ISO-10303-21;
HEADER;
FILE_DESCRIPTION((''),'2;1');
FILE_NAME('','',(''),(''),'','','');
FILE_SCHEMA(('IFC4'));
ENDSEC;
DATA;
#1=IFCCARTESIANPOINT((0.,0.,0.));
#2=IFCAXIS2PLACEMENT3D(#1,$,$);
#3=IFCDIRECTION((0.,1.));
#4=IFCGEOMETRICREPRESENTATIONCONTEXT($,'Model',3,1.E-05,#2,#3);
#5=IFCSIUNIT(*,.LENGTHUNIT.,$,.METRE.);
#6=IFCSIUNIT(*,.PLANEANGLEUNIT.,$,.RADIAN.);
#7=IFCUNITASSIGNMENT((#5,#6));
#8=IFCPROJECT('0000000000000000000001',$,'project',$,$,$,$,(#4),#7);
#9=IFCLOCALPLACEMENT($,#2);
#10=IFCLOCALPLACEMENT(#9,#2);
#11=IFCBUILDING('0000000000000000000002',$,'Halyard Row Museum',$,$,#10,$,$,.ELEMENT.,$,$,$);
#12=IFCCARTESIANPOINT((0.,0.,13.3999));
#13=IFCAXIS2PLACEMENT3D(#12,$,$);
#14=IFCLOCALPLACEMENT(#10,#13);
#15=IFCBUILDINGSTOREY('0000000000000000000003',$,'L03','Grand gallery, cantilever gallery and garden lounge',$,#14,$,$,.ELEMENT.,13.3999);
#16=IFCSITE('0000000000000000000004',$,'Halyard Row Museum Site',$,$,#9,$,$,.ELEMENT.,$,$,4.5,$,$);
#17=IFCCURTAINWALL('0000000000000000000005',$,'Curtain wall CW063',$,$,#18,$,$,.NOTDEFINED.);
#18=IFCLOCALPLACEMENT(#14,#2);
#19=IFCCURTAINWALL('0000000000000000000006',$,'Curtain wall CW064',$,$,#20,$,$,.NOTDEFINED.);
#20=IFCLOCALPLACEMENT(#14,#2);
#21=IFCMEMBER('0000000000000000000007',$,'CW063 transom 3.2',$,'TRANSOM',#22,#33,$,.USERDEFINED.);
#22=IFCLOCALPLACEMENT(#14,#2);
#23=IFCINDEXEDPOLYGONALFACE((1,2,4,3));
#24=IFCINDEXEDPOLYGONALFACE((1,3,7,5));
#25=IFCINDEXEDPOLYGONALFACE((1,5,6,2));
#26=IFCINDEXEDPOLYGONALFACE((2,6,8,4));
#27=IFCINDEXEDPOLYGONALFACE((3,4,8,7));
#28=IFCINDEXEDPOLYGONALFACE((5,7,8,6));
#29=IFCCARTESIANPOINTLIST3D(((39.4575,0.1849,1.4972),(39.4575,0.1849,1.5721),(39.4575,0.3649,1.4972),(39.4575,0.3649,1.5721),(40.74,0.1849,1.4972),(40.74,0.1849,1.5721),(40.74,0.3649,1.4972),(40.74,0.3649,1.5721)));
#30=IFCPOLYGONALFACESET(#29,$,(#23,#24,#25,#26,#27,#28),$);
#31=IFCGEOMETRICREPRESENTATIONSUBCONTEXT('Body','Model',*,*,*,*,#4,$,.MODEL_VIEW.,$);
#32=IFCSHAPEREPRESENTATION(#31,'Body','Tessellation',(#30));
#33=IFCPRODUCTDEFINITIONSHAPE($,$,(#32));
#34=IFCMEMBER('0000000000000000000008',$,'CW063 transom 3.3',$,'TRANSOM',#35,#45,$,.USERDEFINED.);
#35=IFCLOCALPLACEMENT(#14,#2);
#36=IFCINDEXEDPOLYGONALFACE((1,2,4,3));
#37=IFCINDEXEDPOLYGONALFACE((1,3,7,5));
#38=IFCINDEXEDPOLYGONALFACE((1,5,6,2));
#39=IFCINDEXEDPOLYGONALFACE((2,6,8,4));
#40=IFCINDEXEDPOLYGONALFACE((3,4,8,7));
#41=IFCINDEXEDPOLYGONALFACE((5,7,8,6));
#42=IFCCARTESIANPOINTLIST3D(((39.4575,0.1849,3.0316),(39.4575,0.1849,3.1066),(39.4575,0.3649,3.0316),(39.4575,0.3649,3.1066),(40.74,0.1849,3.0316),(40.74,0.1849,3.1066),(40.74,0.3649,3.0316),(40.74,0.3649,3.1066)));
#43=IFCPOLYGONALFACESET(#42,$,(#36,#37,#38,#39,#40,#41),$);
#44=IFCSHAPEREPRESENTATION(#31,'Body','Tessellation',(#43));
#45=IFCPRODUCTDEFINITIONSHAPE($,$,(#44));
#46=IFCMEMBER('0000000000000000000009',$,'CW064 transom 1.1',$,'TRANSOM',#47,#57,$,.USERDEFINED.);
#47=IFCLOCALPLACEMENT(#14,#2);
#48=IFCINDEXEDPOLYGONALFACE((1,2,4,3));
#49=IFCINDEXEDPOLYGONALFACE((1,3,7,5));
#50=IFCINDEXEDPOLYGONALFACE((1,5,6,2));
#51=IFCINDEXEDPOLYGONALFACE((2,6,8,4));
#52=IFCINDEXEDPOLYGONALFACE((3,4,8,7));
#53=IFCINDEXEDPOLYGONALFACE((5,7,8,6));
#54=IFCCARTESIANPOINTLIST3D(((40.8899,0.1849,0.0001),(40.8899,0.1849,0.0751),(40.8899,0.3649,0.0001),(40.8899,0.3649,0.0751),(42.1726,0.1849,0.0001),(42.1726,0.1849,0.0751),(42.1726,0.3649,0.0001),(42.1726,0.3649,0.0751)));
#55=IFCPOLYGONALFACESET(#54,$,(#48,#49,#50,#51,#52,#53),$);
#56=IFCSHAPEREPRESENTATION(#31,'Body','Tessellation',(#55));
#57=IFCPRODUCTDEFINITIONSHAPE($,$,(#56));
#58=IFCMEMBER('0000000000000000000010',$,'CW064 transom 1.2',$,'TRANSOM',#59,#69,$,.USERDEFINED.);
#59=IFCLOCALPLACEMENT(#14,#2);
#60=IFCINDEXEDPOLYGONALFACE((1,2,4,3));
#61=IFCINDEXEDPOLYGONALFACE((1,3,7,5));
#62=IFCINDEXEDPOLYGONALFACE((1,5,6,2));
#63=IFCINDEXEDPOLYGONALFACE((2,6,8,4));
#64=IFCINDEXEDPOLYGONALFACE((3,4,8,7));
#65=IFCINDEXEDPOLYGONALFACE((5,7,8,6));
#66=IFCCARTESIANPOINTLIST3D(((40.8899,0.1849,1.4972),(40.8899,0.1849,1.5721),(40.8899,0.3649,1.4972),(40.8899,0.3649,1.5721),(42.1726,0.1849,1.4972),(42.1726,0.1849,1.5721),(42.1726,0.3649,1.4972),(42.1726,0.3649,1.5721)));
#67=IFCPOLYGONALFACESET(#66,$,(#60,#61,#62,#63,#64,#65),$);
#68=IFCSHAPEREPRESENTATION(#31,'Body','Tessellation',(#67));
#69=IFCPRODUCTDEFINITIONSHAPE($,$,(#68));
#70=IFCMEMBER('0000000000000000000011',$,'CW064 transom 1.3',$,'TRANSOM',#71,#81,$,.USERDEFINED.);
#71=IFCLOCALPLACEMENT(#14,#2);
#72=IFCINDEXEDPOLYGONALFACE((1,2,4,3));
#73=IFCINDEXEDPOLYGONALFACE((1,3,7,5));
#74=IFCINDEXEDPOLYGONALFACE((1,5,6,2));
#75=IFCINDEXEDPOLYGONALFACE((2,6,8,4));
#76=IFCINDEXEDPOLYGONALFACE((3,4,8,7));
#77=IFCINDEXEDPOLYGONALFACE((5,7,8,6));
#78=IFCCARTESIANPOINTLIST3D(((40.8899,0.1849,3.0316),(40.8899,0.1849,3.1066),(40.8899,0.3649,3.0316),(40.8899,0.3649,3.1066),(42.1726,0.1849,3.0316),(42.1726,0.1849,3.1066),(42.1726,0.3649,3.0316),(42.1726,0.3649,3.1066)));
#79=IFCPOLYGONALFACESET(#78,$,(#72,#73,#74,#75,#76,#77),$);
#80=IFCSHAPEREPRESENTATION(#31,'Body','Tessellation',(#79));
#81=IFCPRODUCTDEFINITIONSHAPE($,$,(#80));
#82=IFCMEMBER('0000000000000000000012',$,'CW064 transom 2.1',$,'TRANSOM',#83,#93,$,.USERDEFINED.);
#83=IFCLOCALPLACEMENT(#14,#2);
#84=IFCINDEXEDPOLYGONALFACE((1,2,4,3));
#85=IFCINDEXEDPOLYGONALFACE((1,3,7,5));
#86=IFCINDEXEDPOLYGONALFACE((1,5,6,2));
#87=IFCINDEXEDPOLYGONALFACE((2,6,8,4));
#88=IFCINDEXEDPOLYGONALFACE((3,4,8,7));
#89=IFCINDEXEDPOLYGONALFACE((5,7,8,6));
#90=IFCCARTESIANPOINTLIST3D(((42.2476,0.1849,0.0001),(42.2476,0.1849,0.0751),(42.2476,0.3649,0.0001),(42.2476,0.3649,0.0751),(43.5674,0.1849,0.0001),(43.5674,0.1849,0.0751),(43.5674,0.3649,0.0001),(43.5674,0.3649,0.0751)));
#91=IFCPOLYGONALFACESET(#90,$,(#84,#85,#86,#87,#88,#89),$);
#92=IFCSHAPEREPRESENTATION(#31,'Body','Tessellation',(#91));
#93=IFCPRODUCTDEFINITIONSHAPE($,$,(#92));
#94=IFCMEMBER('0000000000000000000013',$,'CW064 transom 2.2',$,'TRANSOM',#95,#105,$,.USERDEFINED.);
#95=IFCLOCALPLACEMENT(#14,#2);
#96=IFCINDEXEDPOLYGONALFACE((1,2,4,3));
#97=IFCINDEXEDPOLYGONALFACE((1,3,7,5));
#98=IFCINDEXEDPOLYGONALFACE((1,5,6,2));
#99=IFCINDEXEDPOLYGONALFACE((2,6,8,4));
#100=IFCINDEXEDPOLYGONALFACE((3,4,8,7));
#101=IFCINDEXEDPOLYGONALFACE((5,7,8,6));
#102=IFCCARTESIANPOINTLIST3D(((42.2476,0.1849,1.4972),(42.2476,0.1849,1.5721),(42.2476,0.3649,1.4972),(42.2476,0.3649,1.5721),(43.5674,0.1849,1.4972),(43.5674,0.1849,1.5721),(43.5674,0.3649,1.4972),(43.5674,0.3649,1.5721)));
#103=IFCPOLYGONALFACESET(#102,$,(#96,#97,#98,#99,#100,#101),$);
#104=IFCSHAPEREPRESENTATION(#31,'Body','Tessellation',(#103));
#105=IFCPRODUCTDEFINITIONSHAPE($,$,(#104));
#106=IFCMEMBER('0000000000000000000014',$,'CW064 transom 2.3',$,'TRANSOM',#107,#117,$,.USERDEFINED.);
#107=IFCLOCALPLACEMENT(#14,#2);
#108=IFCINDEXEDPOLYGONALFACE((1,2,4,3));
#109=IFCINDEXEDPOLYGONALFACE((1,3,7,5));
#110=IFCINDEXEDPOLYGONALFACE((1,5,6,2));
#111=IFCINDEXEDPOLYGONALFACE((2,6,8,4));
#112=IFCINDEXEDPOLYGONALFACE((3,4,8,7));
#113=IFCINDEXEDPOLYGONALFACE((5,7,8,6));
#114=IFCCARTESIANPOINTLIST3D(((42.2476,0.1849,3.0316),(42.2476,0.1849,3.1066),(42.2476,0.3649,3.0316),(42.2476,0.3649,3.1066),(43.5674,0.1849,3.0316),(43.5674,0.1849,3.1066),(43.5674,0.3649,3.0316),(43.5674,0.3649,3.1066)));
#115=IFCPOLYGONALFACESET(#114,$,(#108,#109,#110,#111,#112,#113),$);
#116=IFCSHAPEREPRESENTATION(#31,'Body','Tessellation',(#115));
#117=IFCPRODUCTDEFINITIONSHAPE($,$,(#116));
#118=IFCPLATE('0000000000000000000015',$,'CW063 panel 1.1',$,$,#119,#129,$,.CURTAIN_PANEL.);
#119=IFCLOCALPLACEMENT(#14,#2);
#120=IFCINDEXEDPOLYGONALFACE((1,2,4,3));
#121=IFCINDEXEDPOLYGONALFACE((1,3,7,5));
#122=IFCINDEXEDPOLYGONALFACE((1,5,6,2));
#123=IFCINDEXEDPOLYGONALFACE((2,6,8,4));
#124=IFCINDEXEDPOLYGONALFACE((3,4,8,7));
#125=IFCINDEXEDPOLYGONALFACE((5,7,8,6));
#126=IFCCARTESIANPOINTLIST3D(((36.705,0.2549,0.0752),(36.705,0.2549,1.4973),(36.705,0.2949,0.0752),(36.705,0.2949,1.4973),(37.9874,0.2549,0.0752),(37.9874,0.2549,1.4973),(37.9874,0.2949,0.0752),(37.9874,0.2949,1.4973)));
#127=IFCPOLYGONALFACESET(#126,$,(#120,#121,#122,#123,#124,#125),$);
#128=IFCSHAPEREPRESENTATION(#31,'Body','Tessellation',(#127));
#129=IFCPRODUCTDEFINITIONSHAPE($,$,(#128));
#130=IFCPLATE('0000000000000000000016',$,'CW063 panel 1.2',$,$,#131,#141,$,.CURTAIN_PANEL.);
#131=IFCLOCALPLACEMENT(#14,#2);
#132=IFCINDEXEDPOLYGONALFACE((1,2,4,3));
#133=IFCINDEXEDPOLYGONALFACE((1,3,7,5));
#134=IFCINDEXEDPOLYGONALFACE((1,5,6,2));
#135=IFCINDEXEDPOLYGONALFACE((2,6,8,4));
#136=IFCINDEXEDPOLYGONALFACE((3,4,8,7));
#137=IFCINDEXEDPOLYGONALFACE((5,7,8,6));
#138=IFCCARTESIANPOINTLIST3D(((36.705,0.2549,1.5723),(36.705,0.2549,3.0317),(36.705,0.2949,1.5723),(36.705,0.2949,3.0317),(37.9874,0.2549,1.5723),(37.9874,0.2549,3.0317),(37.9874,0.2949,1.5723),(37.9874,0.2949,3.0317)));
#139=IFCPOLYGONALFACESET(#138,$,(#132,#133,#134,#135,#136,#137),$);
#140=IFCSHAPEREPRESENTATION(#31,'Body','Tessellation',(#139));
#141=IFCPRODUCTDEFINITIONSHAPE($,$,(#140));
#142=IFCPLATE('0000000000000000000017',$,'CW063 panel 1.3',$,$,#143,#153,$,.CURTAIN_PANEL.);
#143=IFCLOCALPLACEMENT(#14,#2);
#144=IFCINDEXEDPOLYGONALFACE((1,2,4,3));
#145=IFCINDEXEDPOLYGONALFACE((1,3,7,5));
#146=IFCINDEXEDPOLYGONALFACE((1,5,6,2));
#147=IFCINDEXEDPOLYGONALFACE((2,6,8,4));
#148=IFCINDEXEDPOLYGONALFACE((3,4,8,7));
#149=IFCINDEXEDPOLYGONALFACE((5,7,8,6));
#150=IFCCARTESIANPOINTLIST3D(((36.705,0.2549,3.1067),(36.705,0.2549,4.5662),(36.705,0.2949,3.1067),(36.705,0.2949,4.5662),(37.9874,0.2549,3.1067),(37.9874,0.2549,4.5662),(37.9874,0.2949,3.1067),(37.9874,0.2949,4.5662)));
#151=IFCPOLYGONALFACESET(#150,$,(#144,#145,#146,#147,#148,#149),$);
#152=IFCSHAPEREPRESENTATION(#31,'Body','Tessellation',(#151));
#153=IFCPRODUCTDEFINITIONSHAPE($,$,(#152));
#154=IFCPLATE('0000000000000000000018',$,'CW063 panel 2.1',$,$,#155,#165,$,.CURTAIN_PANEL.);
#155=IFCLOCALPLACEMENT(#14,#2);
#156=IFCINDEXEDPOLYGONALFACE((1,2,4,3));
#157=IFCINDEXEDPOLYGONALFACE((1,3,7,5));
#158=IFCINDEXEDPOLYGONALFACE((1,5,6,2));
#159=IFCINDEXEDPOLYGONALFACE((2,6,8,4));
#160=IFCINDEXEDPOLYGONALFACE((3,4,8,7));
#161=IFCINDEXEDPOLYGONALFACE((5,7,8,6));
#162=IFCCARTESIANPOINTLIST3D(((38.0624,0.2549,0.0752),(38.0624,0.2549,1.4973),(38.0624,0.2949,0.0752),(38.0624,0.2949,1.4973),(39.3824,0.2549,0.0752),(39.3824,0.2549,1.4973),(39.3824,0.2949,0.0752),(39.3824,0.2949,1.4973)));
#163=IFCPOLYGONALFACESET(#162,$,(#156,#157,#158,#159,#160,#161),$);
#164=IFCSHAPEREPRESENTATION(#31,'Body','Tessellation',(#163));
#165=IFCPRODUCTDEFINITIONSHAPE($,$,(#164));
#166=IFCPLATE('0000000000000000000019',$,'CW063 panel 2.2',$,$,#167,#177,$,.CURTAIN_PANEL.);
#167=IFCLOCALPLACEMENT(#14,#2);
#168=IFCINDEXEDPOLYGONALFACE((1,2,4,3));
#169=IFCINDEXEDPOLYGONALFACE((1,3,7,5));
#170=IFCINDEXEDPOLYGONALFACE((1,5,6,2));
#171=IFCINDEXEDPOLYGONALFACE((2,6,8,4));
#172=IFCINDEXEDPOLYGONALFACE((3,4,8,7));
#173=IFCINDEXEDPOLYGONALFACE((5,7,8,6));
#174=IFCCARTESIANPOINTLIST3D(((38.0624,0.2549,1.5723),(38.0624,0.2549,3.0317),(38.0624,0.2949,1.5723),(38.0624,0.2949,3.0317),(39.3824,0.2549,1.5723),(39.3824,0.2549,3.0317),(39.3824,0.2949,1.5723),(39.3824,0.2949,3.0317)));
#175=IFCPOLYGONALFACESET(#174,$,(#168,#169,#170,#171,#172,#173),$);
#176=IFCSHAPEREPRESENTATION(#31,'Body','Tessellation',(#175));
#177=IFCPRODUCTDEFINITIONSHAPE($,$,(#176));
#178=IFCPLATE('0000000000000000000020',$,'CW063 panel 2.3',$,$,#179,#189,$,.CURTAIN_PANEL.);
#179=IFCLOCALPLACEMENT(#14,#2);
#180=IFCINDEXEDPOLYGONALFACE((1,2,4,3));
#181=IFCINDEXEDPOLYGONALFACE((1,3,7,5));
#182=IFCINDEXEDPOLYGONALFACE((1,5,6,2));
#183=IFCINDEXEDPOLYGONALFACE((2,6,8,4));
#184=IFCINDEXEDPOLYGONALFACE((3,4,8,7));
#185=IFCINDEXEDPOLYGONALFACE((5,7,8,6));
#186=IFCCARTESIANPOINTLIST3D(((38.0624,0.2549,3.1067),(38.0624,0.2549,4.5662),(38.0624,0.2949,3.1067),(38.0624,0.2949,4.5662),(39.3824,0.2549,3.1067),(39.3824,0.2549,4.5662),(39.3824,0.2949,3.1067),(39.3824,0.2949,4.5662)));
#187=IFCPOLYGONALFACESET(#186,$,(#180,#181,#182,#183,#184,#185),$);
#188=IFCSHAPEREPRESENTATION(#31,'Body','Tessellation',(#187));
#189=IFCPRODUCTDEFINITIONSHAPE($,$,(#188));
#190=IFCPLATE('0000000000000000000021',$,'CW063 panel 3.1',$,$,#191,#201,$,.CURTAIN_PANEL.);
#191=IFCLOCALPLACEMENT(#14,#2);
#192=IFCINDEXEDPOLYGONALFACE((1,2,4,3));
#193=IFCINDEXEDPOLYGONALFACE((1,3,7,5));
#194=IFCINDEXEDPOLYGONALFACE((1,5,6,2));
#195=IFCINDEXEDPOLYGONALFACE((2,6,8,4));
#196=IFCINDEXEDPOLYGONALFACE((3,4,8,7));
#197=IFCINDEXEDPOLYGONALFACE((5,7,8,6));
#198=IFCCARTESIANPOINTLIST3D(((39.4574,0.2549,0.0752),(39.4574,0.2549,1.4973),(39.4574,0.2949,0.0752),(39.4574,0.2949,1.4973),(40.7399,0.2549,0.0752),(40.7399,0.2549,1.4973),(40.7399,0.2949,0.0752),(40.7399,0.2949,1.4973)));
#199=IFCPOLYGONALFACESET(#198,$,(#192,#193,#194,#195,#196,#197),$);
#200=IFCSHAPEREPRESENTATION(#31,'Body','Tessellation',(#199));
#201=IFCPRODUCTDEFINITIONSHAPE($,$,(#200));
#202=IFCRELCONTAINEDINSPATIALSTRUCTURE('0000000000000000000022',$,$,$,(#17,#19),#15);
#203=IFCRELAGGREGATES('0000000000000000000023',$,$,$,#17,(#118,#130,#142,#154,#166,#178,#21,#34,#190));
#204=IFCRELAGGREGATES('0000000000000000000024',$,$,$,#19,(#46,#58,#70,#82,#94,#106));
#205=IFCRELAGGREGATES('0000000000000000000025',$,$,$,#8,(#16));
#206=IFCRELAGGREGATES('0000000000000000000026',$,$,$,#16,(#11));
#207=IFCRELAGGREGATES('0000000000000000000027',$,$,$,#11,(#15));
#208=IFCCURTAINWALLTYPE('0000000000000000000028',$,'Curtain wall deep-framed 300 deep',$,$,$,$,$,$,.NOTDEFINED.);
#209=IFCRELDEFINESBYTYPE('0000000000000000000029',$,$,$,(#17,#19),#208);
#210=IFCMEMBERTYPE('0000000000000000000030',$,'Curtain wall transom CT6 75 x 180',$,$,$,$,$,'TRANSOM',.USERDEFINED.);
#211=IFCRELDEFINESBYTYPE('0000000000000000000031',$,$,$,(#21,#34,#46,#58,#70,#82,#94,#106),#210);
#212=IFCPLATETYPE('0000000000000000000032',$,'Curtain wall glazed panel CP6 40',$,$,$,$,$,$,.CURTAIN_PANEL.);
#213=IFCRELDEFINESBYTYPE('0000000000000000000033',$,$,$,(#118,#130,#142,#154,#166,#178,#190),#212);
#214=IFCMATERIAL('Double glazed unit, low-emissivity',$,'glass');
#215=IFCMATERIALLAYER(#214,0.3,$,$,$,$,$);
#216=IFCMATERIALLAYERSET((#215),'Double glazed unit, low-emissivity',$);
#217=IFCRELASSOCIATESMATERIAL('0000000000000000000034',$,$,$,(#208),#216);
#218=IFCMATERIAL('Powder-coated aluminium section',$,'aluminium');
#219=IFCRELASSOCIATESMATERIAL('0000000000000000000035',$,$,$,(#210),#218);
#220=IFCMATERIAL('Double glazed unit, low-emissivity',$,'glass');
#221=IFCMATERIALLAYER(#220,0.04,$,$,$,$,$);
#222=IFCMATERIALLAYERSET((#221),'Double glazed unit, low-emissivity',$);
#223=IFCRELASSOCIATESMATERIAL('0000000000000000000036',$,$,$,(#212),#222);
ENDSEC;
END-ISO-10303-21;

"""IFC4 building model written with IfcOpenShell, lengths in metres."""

from ifc_helpers import new_model, si_unit, direction, frame, origin, origin_2d, place, context, subcontext, project, spatial, rectangle, extrude, material, layer, layer_set, material_profile, profile_set, type_object, element, aggregate, save


model = new_model("IFC4")

# Units and contexts
model_context = context("Model", 3, precision=1e-05, world=origin(), true_north=direction((0.0, 1.0)))
body_context = subcontext(model_context, "Body", "Model", "MODEL_VIEW")
ifc_project = project(units=[si_unit("LENGTHUNIT", "METRE"), si_unit("PLANEANGLEUNIT", "RADIAN")], contexts=[model_context])

# Site, building, storey
site_placement = place(None, origin())
site = spatial("IfcSite", under=ifc_project, at=site_placement, Name="Halyard Row Museum Site", CompositionType="ELEMENT", RefElevation=4.5)
building_placement = place(site_placement, origin())
building = spatial("IfcBuilding", under=site, at=building_placement, Name="Halyard Row Museum", CompositionType="ELEMENT")
storey_placement = place(building_placement, frame((0.0, 0.0, 13.3999)))
storey = spatial("IfcBuildingStorey", under=building, at=storey_placement, Name="L03", Description="Grand gallery, cantilever gallery and garden lounge", CompositionType="ELEMENT", Elevation=13.3999)

# Curtain walls
ifc_material_1 = material(Name="Double glazed unit, low-emissivity", Category="glass")
ifc_layer_1 = layer(ifc_material_1, 0.3)
ifc_layer_set_1 = layer_set([ifc_layer_1], Name="Double glazed unit, low-emissivity")
curtain_wall_type = type_object("IfcCurtainWallType", Name="Curtain wall deep-framed 300 deep", PredefinedType="NOTDEFINED", material=ifc_layer_set_1)
curtain_wall_1_placement = place(storey_placement, origin())
curtain_wall_1 = element("IfcCurtainWall", 1, at=curtain_wall_1_placement, inside=storey, type_object=curtain_wall_type, Name="Curtain wall CW063", PredefinedType="NOTDEFINED")
curtain_wall_2_placement = place(storey_placement, origin())
curtain_wall_2 = element("IfcCurtainWall", 2, at=curtain_wall_2_placement, inside=storey, type_object=curtain_wall_type, Name="Curtain wall CW064", PredefinedType="NOTDEFINED")

# Members
ifc_material_2 = material(Name="Powder-coated aluminium section", Category="aluminium")
ifc_material_profile_1 = material_profile(ifc_material_2, rectangle(XDim=0.1799, YDim=0.075, at=origin_2d()), Name="180x75 transom")
ifc_profile_set_1 = profile_set([ifc_material_profile_1], Name="Powder-coated aluminium section")
member_type_1 = type_object("IfcMemberType", Name="Curtain wall transom CT6 75 x 180", ElementType="TRANSOM", PredefinedType="USERDEFINED", material=ifc_profile_set_1)
member_1_placement = place(storey_placement, frame((39.4575, 0.2749, 1.5347), z_axis=(1.0, 0.0, 0.0), x_axis=(0.0, 1.0, 0.0)))
member_1 = element("IfcMember", 3, at=member_1_placement, type_object=member_type_1, Name="CW063 transom 3.2", ObjectType="TRANSOM", PredefinedType="USERDEFINED", context=body_context, shape_type="SweptSolid", body=[
    extrude(rectangle(XDim=0.1799, YDim=0.075, at=origin_2d()), origin(), (0.0, 0.0, 1.0), 1.2825),
])
member_2_placement = place(storey_placement, frame((39.4575, 0.2749, 3.0691), z_axis=(1.0, 0.0, 0.0), x_axis=(0.0, 1.0, 0.0)))
member_2 = element("IfcMember", 4, at=member_2_placement, type_object=member_type_1, Name="CW063 transom 3.3", ObjectType="TRANSOM", PredefinedType="USERDEFINED", context=body_context, shape_type="SweptSolid", body=[
    extrude(rectangle(XDim=0.1799, YDim=0.075, at=origin_2d()), origin(), (0.0, 0.0, 1.0), 1.2825),
])
member_3_placement = place(storey_placement, frame((40.8899, 0.2749, 0.0376), z_axis=(1.0, 0.0, 0.0), x_axis=(0.0, 1.0, 0.0)))
member_3 = element("IfcMember", 5, at=member_3_placement, type_object=member_type_1, Name="CW064 transom 1.1", ObjectType="TRANSOM", PredefinedType="USERDEFINED", context=body_context, shape_type="SweptSolid", body=[
    extrude(rectangle(XDim=0.1799, YDim=0.075, at=origin_2d()), origin(), (0.0, 0.0, 1.0), 1.2827),
])
member_4_placement = place(storey_placement, frame((40.8899, 0.2749, 1.5347), z_axis=(1.0, 0.0, 0.0), x_axis=(0.0, 1.0, 0.0)))
member_4 = element("IfcMember", 6, at=member_4_placement, type_object=member_type_1, Name="CW064 transom 1.2", ObjectType="TRANSOM", PredefinedType="USERDEFINED", context=body_context, shape_type="SweptSolid", body=[
    extrude(rectangle(XDim=0.1799, YDim=0.075, at=origin_2d()), origin(), (0.0, 0.0, 1.0), 1.2827),
])
member_5_placement = place(storey_placement, frame((40.8899, 0.2749, 3.0691), z_axis=(1.0, 0.0, 0.0), x_axis=(0.0, 1.0, 0.0)))
member_5 = element("IfcMember", 7, at=member_5_placement, type_object=member_type_1, Name="CW064 transom 1.3", ObjectType="TRANSOM", PredefinedType="USERDEFINED", context=body_context, shape_type="SweptSolid", body=[
    extrude(rectangle(XDim=0.1799, YDim=0.075, at=origin_2d()), origin(), (0.0, 0.0, 1.0), 1.2827),
])
member_6_placement = place(storey_placement, frame((42.2476, 0.2749, 0.0376), z_axis=(1.0, 0.0, 0.0), x_axis=(0.0, 1.0, 0.0)))
member_6 = element("IfcMember", 8, at=member_6_placement, type_object=member_type_1, Name="CW064 transom 2.1", ObjectType="TRANSOM", PredefinedType="USERDEFINED", context=body_context, shape_type="SweptSolid", body=[
    extrude(rectangle(XDim=0.1799, YDim=0.075, at=origin_2d()), origin(), (0.0, 0.0, 1.0), 1.3198),
])
member_7_placement = place(storey_placement, frame((42.2476, 0.2749, 1.5347), z_axis=(1.0, 0.0, 0.0), x_axis=(0.0, 1.0, 0.0)))
member_7 = element("IfcMember", 9, at=member_7_placement, type_object=member_type_1, Name="CW064 transom 2.2", ObjectType="TRANSOM", PredefinedType="USERDEFINED", context=body_context, shape_type="SweptSolid", body=[
    extrude(rectangle(XDim=0.1799, YDim=0.075, at=origin_2d()), origin(), (0.0, 0.0, 1.0), 1.3198),
])
member_8_placement = place(storey_placement, frame((42.2476, 0.2749, 3.0691), z_axis=(1.0, 0.0, 0.0), x_axis=(0.0, 1.0, 0.0)))
member_8 = element("IfcMember", 10, at=member_8_placement, type_object=member_type_1, Name="CW064 transom 2.3", ObjectType="TRANSOM", PredefinedType="USERDEFINED", context=body_context, shape_type="SweptSolid", body=[
    extrude(rectangle(XDim=0.1799, YDim=0.075, at=origin_2d()), origin(), (0.0, 0.0, 1.0), 1.3198),
])

# Plates
ifc_material_3 = material(Name="Double glazed unit, low-emissivity", Category="glass")
ifc_layer_2 = layer(ifc_material_3, 0.04)
ifc_layer_set_2 = layer_set([ifc_layer_2], Name="Double glazed unit, low-emissivity")
plate_type = type_object("IfcPlateType", Name="Curtain wall glazed panel CP6 40", PredefinedType="CURTAIN_PANEL", material=ifc_layer_set_2)
plate_1_placement = place(storey_placement, frame((37.3462, 0.2749, 0.0752), z_axis=(0.0, 0.0, 1.0), x_axis=(1.0, 0.0, 0.0)))
plate_1 = element("IfcPlate", 11, at=plate_1_placement, type_object=plate_type, Name="CW063 panel 1.1", PredefinedType="CURTAIN_PANEL", context=body_context, shape_type="SweptSolid", body=[
    extrude(rectangle(XDim=1.2825, YDim=0.04, at=origin_2d()), origin(), (0.0, 0.0, 1.0), 1.4221),
])
plate_2_placement = place(storey_placement, frame((37.3462, 0.2749, 1.5723), z_axis=(0.0, 0.0, 1.0), x_axis=(1.0, 0.0, 0.0)))
plate_2 = element("IfcPlate", 12, at=plate_2_placement, type_object=plate_type, Name="CW063 panel 1.2", PredefinedType="CURTAIN_PANEL", context=body_context, shape_type="SweptSolid", body=[
    extrude(rectangle(XDim=1.2825, YDim=0.04, at=origin_2d()), origin(), (0.0, 0.0, 1.0), 1.4595),
])
plate_3_placement = place(storey_placement, frame((37.3462, 0.2749, 3.1067), z_axis=(0.0, 0.0, 1.0), x_axis=(1.0, 0.0, 0.0)))
plate_3 = element("IfcPlate", 13, at=plate_3_placement, type_object=plate_type, Name="CW063 panel 1.3", PredefinedType="CURTAIN_PANEL", context=body_context, shape_type="SweptSolid", body=[
    extrude(rectangle(XDim=1.2825, YDim=0.04, at=origin_2d()), origin(), (0.0, 0.0, 1.0), 1.4595),
])
plate_4_placement = place(storey_placement, frame((38.7224, 0.2749, 0.0752), z_axis=(0.0, 0.0, 1.0), x_axis=(1.0, 0.0, 0.0)))
plate_4 = element("IfcPlate", 14, at=plate_4_placement, type_object=plate_type, Name="CW063 panel 2.1", PredefinedType="CURTAIN_PANEL", context=body_context, shape_type="SweptSolid", body=[
    extrude(rectangle(XDim=1.3201, YDim=0.04, at=origin_2d()), origin(), (0.0, 0.0, 1.0), 1.4221),
])
plate_5_placement = place(storey_placement, frame((38.7224, 0.2749, 1.5723), z_axis=(0.0, 0.0, 1.0), x_axis=(1.0, 0.0, 0.0)))
plate_5 = element("IfcPlate", 15, at=plate_5_placement, type_object=plate_type, Name="CW063 panel 2.2", PredefinedType="CURTAIN_PANEL", context=body_context, shape_type="SweptSolid", body=[
    extrude(rectangle(XDim=1.3201, YDim=0.04, at=origin_2d()), origin(), (0.0, 0.0, 1.0), 1.4595),
])
plate_6_placement = place(storey_placement, frame((38.7224, 0.2749, 3.1067), z_axis=(0.0, 0.0, 1.0), x_axis=(1.0, 0.0, 0.0)))
plate_6 = element("IfcPlate", 16, at=plate_6_placement, type_object=plate_type, Name="CW063 panel 2.3", PredefinedType="CURTAIN_PANEL", context=body_context, shape_type="SweptSolid", body=[
    extrude(rectangle(XDim=1.3201, YDim=0.04, at=origin_2d()), origin(), (0.0, 0.0, 1.0), 1.4595),
])
plate_7_placement = place(storey_placement, frame((40.0986, 0.2749, 0.0752), z_axis=(0.0, 0.0, 1.0), x_axis=(1.0, 0.0, 0.0)))
plate_7 = element("IfcPlate", 17, at=plate_7_placement, type_object=plate_type, Name="CW063 panel 3.1", PredefinedType="CURTAIN_PANEL", context=body_context, shape_type="SweptSolid", body=[
    extrude(rectangle(XDim=1.2825, YDim=0.04, at=origin_2d()), origin(), (0.0, 0.0, 1.0), 1.4221),
])
aggregate(curtain_wall_1, [plate_1, plate_2, plate_3, plate_4, plate_5, plate_6, member_1, member_2, plate_7])
aggregate(curtain_wall_2, [member_3, member_4, member_5, member_6, member_7, member_8])

save(model, "model.ifc")
